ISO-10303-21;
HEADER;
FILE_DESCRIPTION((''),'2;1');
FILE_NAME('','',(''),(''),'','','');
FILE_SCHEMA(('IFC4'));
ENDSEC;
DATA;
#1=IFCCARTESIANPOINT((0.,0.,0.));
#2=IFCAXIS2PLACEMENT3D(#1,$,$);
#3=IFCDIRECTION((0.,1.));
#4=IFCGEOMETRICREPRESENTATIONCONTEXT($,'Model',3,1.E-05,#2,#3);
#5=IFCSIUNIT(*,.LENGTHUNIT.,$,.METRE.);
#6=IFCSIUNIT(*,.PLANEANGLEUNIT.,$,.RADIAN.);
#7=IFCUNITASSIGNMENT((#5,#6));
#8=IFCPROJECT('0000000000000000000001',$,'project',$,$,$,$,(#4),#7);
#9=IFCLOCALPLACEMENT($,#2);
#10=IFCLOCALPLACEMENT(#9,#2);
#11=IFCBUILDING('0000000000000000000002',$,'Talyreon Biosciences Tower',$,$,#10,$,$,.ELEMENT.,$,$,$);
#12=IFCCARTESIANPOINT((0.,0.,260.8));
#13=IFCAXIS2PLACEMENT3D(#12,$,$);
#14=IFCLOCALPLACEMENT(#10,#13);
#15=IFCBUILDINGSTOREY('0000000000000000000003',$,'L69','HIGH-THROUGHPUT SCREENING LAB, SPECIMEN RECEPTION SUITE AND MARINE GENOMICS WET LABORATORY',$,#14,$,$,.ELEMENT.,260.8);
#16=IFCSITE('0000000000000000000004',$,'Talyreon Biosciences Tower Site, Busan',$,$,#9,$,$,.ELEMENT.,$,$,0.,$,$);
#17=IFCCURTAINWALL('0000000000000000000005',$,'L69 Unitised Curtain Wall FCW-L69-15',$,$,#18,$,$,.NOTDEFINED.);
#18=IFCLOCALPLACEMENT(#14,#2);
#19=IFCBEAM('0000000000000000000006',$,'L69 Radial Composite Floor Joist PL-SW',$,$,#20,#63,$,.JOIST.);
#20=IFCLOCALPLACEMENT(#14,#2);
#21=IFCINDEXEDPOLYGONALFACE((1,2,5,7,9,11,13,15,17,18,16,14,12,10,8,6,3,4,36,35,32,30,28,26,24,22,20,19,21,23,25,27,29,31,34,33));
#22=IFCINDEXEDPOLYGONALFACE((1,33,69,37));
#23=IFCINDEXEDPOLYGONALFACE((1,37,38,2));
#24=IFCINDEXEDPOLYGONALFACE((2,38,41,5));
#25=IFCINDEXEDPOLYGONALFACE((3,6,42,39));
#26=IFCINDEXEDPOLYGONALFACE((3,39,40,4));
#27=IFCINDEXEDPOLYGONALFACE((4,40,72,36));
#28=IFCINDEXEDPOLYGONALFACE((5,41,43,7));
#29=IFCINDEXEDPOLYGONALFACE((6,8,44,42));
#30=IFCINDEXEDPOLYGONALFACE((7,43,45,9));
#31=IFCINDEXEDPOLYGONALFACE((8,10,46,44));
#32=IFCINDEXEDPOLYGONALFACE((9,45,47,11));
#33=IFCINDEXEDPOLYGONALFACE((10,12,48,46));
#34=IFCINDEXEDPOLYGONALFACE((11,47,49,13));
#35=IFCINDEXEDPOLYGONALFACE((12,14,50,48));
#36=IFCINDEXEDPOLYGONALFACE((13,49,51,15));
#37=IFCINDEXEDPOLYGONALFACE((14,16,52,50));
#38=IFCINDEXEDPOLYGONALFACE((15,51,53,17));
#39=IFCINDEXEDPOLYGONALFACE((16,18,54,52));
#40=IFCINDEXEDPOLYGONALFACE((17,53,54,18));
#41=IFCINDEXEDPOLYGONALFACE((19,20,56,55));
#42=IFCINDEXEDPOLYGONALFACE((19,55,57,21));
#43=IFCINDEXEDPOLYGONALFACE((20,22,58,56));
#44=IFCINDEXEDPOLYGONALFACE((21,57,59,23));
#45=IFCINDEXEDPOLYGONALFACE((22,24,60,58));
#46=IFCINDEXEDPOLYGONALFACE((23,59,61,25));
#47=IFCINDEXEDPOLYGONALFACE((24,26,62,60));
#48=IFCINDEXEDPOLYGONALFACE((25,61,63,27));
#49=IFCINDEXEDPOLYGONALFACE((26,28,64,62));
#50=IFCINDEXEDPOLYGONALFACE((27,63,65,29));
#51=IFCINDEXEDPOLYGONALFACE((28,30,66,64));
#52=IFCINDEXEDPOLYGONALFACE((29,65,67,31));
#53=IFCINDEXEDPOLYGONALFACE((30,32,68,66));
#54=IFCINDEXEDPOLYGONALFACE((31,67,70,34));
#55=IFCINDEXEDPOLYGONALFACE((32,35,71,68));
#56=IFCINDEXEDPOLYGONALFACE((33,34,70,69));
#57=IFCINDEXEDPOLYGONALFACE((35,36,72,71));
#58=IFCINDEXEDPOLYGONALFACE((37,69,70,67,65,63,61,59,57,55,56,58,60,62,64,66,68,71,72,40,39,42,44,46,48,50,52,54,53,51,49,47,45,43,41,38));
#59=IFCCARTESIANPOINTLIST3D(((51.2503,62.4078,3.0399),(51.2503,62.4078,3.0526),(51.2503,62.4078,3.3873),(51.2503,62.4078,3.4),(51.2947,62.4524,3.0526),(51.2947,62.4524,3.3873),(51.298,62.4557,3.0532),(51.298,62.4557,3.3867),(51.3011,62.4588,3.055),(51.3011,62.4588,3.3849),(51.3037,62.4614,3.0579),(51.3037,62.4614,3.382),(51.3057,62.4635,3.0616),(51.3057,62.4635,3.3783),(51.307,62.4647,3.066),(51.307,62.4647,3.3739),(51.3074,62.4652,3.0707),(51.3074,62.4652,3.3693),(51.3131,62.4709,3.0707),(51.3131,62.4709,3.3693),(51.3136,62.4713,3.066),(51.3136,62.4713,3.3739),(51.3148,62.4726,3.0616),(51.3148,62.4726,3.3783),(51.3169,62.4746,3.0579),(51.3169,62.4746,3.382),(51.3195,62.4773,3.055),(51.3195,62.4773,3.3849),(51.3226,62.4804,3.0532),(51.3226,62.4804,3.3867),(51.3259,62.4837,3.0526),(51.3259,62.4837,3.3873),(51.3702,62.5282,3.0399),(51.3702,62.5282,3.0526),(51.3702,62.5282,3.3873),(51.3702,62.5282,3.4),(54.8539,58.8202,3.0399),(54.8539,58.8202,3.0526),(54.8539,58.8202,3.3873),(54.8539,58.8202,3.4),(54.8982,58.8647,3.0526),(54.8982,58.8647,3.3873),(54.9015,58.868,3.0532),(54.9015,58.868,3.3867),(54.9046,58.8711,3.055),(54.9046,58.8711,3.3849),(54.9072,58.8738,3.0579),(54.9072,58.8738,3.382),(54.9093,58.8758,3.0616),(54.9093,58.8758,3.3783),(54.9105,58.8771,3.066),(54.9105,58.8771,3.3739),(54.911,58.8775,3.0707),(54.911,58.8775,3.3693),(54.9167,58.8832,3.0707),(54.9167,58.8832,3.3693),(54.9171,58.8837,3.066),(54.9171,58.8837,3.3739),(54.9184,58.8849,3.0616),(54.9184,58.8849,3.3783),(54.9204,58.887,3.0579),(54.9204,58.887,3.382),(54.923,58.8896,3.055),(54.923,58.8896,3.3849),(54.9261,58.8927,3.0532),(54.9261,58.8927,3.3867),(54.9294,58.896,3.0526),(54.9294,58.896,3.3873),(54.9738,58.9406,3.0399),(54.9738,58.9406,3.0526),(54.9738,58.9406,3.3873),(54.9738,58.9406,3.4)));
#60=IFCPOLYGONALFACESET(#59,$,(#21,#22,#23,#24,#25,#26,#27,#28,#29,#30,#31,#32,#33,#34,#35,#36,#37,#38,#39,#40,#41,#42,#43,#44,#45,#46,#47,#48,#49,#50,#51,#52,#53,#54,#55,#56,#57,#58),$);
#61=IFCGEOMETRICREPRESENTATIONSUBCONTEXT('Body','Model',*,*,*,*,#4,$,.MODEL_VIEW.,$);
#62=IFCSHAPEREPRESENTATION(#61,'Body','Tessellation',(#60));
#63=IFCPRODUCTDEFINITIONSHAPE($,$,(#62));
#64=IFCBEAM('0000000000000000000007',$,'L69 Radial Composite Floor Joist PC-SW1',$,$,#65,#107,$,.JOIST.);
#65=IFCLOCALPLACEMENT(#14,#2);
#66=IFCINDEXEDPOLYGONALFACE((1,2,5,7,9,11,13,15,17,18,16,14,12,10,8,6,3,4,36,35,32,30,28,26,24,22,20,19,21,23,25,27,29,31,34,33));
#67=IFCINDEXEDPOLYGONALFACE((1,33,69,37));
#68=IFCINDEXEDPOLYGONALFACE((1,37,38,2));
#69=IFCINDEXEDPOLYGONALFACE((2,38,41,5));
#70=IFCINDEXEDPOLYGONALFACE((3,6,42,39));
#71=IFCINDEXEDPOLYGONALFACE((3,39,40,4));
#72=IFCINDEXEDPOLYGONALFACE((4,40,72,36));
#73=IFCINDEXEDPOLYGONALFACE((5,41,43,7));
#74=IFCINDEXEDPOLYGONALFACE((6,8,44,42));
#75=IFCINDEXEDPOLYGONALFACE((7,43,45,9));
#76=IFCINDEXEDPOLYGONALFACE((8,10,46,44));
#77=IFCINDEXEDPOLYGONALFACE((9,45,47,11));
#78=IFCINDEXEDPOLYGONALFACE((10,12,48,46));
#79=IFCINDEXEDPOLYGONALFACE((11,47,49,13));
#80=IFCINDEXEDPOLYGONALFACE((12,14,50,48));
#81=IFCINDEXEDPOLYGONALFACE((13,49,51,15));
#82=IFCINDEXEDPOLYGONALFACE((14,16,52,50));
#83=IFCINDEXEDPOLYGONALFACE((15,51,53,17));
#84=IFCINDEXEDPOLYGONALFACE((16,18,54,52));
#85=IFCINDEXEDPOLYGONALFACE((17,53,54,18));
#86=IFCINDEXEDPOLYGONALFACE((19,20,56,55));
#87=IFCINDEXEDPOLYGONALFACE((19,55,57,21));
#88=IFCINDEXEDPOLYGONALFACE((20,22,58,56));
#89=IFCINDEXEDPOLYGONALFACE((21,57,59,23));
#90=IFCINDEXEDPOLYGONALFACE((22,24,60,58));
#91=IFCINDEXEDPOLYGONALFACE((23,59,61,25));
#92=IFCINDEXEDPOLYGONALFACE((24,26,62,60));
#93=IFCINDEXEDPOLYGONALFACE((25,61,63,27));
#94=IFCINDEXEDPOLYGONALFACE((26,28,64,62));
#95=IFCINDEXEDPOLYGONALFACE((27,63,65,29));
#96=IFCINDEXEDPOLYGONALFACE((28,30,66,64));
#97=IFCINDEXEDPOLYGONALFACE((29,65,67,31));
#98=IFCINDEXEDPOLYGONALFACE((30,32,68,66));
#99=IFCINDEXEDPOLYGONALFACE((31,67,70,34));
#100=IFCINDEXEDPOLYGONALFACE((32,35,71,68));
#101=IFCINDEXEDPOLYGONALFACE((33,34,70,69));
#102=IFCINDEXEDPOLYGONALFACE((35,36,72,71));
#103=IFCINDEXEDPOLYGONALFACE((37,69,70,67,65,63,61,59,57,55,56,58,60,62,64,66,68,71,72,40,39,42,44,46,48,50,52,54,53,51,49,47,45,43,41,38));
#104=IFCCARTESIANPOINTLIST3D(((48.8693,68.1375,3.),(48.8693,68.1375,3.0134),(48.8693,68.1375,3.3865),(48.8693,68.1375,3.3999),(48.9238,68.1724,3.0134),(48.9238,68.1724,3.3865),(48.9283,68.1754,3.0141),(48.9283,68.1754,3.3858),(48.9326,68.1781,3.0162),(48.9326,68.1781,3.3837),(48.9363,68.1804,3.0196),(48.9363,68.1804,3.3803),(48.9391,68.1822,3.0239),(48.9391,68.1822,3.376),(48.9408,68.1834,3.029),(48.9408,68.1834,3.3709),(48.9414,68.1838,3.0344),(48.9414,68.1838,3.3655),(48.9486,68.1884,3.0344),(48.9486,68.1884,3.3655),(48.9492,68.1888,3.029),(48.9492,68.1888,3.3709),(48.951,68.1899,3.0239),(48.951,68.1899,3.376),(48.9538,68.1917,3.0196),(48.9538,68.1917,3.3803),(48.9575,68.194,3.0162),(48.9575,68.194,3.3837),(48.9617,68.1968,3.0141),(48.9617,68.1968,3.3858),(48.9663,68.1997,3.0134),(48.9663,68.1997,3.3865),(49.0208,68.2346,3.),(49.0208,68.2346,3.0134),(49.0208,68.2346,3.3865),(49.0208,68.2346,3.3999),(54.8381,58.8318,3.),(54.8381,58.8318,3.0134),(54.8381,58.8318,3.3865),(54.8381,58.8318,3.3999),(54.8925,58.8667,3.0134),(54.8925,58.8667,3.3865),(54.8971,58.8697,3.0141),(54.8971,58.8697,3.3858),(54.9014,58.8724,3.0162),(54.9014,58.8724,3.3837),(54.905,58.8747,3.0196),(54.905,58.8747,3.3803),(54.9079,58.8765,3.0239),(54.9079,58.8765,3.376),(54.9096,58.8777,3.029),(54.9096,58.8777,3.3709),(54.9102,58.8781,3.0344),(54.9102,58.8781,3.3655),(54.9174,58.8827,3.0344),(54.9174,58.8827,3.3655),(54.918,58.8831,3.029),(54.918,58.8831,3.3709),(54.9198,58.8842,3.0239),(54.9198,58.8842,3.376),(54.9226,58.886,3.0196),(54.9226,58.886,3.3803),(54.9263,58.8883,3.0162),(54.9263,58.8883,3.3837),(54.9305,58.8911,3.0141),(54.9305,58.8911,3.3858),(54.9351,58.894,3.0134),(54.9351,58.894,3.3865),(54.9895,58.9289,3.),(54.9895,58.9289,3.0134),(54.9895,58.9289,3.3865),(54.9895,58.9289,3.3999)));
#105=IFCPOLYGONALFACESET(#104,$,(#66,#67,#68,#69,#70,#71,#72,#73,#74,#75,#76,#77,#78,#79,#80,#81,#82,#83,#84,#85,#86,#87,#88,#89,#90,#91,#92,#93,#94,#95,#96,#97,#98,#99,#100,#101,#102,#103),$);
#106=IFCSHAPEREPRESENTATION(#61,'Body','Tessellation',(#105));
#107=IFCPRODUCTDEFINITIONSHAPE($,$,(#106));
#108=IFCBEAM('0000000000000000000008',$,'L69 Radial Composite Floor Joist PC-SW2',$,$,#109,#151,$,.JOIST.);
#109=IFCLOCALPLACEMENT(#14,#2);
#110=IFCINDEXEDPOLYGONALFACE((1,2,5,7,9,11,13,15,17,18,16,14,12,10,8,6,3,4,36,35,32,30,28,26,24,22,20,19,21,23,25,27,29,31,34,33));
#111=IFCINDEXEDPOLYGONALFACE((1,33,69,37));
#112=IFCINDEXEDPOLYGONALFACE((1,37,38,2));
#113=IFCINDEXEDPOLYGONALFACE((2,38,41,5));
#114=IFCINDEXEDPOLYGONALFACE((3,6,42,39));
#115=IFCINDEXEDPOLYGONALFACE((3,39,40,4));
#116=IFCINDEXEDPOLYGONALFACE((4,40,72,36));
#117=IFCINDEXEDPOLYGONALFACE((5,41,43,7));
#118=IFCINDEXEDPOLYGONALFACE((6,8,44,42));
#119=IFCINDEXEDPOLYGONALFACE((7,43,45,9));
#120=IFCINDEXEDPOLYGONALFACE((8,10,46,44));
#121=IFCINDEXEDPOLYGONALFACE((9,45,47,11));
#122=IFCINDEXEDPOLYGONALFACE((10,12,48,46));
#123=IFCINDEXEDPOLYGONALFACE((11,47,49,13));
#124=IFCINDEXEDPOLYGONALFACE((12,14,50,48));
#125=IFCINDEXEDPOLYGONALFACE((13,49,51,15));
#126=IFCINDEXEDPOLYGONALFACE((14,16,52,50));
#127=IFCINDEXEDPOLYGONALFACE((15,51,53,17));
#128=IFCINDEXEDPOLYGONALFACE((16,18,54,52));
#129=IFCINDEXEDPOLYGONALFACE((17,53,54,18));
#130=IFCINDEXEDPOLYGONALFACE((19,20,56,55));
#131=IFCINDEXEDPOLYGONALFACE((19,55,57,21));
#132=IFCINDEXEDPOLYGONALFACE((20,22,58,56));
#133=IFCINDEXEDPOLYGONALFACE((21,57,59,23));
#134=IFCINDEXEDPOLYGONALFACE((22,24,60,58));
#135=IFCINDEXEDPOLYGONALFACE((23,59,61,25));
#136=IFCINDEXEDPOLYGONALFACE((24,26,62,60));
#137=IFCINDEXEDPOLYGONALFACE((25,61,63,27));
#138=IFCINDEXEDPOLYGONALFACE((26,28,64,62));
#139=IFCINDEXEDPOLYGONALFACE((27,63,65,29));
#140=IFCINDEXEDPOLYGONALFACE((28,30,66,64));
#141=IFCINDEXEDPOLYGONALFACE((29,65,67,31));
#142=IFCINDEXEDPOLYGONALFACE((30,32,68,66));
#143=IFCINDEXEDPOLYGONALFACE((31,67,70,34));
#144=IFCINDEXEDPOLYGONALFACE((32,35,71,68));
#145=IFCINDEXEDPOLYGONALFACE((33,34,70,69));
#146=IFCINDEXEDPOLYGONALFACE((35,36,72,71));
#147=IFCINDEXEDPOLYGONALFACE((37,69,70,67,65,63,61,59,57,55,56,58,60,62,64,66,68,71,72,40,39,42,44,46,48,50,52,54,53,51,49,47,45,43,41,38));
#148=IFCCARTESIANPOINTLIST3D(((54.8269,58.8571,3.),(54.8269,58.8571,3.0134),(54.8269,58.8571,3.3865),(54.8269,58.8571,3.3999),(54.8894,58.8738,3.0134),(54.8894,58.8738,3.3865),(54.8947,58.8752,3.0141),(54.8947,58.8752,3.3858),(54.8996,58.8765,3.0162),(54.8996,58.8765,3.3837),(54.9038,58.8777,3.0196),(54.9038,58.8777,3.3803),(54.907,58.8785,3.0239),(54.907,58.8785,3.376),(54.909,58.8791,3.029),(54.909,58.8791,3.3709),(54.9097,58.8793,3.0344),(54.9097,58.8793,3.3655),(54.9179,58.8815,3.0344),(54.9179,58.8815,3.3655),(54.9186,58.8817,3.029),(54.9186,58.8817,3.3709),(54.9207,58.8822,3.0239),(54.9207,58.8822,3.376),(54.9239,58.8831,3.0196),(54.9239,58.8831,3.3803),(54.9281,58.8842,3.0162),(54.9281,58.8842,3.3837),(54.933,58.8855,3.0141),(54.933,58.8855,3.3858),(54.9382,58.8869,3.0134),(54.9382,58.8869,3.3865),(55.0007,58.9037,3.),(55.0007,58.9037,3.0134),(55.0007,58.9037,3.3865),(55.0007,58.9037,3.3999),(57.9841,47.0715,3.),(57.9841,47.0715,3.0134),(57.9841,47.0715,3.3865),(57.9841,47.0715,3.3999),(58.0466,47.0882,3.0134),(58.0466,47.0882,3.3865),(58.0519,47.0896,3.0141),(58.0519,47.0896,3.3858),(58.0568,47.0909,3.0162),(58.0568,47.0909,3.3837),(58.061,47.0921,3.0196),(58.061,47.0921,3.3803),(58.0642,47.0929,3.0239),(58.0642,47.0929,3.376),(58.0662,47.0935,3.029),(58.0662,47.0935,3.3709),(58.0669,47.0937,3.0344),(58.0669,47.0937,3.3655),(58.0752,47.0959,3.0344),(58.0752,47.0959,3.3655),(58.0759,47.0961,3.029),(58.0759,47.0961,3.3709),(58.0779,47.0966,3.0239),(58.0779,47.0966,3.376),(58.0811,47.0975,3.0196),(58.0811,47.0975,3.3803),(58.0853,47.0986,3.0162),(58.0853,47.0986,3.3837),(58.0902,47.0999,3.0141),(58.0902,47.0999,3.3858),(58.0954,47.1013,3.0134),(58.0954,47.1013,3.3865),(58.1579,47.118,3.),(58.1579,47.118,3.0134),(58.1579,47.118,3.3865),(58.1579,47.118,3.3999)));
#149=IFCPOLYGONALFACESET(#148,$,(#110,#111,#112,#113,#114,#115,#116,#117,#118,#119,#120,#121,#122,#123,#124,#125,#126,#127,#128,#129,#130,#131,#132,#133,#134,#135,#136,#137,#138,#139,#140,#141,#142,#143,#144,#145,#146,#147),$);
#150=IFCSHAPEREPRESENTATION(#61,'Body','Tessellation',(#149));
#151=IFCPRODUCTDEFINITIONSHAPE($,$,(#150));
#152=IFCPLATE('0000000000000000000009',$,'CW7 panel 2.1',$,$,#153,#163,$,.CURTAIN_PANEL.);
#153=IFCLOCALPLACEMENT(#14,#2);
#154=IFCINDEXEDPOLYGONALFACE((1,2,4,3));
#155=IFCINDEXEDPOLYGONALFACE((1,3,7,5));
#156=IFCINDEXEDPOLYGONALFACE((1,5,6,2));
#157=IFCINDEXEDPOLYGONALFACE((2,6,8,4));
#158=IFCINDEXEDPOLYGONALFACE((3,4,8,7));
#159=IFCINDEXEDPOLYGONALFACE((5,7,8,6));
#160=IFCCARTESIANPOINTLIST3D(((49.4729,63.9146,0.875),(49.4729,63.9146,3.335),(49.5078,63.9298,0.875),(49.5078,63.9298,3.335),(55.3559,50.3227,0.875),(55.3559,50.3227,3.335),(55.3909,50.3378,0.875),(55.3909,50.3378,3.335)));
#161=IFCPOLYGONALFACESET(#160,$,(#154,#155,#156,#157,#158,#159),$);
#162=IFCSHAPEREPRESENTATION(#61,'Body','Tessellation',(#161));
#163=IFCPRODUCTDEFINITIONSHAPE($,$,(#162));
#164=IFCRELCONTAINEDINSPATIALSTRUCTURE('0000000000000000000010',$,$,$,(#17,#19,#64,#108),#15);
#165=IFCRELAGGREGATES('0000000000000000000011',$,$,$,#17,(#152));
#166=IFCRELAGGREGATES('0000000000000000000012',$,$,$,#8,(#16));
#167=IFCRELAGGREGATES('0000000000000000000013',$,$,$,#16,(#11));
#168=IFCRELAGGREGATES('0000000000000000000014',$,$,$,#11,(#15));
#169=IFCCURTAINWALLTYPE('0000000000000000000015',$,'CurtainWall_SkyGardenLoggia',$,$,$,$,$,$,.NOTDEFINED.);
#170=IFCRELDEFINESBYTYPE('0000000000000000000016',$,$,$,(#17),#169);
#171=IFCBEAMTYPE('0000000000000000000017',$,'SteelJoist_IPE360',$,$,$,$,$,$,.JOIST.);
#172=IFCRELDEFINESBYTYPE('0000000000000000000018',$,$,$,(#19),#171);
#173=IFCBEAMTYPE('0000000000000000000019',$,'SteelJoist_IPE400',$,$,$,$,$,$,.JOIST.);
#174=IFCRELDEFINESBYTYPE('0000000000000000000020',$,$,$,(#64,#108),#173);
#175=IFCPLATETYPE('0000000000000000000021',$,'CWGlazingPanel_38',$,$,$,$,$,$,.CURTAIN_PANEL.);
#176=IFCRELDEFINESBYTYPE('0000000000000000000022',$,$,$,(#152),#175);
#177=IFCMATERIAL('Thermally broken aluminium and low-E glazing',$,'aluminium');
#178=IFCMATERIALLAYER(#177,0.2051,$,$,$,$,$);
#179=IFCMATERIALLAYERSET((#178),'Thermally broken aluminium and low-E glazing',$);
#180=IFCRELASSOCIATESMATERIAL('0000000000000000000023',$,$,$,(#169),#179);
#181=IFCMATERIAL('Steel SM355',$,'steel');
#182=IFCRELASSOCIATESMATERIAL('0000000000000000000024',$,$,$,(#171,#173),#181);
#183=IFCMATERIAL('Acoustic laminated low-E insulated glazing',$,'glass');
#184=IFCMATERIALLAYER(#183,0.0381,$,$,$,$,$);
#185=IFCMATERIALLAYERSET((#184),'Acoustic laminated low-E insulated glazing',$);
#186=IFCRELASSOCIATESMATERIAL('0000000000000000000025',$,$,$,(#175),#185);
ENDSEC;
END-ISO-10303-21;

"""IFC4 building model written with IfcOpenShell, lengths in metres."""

from ifc_helpers import new_model, si_unit, direction, frame, origin, origin_2d, place, context, subcontext, project, spatial, rectangle, i_section, extrude, material, layer, layer_set, material_profile, profile_set, type_object, element, aggregate, save


model = new_model("IFC4")

# Units and contexts
model_context = context("Model", 3, precision=1e-05, world=origin(), true_north=direction((0.0, 1.0)))
body_context = subcontext(model_context, "Body", "Model", "MODEL_VIEW")
ifc_project = project(units=[si_unit("LENGTHUNIT", "METRE"), si_unit("PLANEANGLEUNIT", "RADIAN")], contexts=[model_context])

# Site, building, storey
site_placement = place(None, origin())
site = spatial("IfcSite", under=ifc_project, at=site_placement, Name="Talyreon Biosciences Tower Site, Busan", CompositionType="ELEMENT", RefElevation=0.0)
building_placement = place(site_placement, origin())
building = spatial("IfcBuilding", under=site, at=building_placement, Name="Talyreon Biosciences Tower", CompositionType="ELEMENT")
storey_placement = place(building_placement, frame((0.0, 0.0, 260.8)))
storey = spatial("IfcBuildingStorey", under=building, at=storey_placement, Name="L69", Description="HIGH-THROUGHPUT SCREENING LAB, SPECIMEN RECEPTION SUITE AND MARINE GENOMICS WET LABORATORY", CompositionType="ELEMENT", Elevation=260.8)

# Curtain wall
ifc_material_1 = material(Name="Thermally broken aluminium and low-E glazing", Category="aluminium")
ifc_layer_1 = layer(ifc_material_1, 0.2051)
ifc_layer_set_1 = layer_set([ifc_layer_1], Name="Thermally broken aluminium and low-E glazing")
curtain_wall_type = type_object("IfcCurtainWallType", Name="CurtainWall_SkyGardenLoggia", PredefinedType="NOTDEFINED", material=ifc_layer_set_1)
curtain_wall_placement = place(storey_placement, origin())
curtain_wall = element("IfcCurtainWall", 1, at=curtain_wall_placement, inside=storey, type_object=curtain_wall_type, Name="L69 Unitised Curtain Wall FCW-L69-15", PredefinedType="NOTDEFINED")

# Beams
ifc_material_2 = material(Name="Steel SM355", Category="steel")
ifc_material_profile_1 = material_profile(ifc_material_2, i_section(OverallWidth=0.1699, OverallDepth=0.3601, WebThickness=0.0081, FlangeThickness=0.0127, FilletRadius=0.0181, at=origin_2d()), Name="IPE360")
ifc_profile_set_1 = profile_set([ifc_material_profile_1], Name="Steel SM355")
beam_type_1 = type_object("IfcBeamType", Name="SteelJoist_IPE360", PredefinedType="JOIST", material=ifc_profile_set_1)
beam_1_placement = place(storey_placement, frame((54.9138, 58.8804, 3.22), z_axis=(-0.708665, 0.705545, 0.0), x_axis=(-0.705545, -0.708665, 0.0)))
element("IfcBeam", 2, at=beam_1_placement, inside=storey, type_object=beam_type_1, Name="L69 Radial Composite Floor Joist PL-SW", PredefinedType="JOIST", context=body_context, shape_type="SweptSolid", body=[
    extrude(i_section(OverallWidth=0.1699, OverallDepth=0.3601, WebThickness=0.0081, FlangeThickness=0.0127, FilletRadius=0.0181, at=origin_2d()), origin(), (0.0, 0.0, 1.0), 5.085),
])
ifc_material_profile_2 = material_profile(ifc_material_2, i_section(OverallWidth=0.1799, OverallDepth=0.3999, WebThickness=0.0085, FlangeThickness=0.0134, FilletRadius=0.021, at=origin_2d()), Name="IPE400")
ifc_profile_set_2 = profile_set([ifc_material_profile_2], Name="Steel SM355")
beam_type_2 = type_object("IfcBeamType", Name="SteelJoist_IPE400", PredefinedType="JOIST", material=ifc_profile_set_2)
beam_2_placement = place(storey_placement, frame((54.9138, 58.8804, 3.2), z_axis=(-0.539896, 0.841732, 0.0), x_axis=(-0.841732, -0.539896, 0.0)))
element("IfcBeam", 3, at=beam_2_placement, inside=storey, type_object=beam_type_2, Name="L69 Radial Composite Floor Joist PC-SW1", PredefinedType="JOIST", context=body_context, shape_type="SweptSolid", body=[
    extrude(i_section(OverallWidth=0.1799, OverallDepth=0.3999, WebThickness=0.0085, FlangeThickness=0.0134, FilletRadius=0.021, at=origin_2d()), origin(), (0.0, 0.0, 1.0), 11.0554),
])
beam_3_placement = place(storey_placement, frame((54.9138, 58.8804, 3.2), z_axis=(0.258763, -0.965941, 0.0), x_axis=(0.965941, 0.258763, 0.0)))
element("IfcBeam", 4, at=beam_3_placement, inside=storey, type_object=beam_type_2, Name="L69 Radial Composite Floor Joist PC-SW2", PredefinedType="JOIST", context=body_context, shape_type="SweptSolid", body=[
    extrude(i_section(OverallWidth=0.1799, OverallDepth=0.3999, WebThickness=0.0085, FlangeThickness=0.0134, FilletRadius=0.021, at=origin_2d()), origin(), (0.0, 0.0, 1.0), 12.2012),
])

# Plate
ifc_material_3 = material(Name="Acoustic laminated low-E insulated glazing", Category="glass")
ifc_layer_2 = layer(ifc_material_3, 0.0381)
ifc_layer_set_2 = layer_set([ifc_layer_2], Name="Acoustic laminated low-E insulated glazing")
plate_type_1 = type_object("IfcPlateType", Name="CWGlazingPanel_38", PredefinedType="CURTAIN_PANEL", material=ifc_layer_set_2)
plate_placement = place(storey_placement, frame((52.4319, 57.1262, 0.875), z_axis=(0.0, 0.0, 1.0), x_axis=(-0.397221, 0.917723, 0.0)))
plate = element("IfcPlate", 5, at=plate_placement, type_object=plate_type_1, Name="CW7 panel 2.1", PredefinedType="CURTAIN_PANEL", context=body_context, shape_type="SweptSolid", body=[
    extrude(rectangle(XDim=14.8105, YDim=0.0381, at=origin_2d()), origin(), (0.0, 0.0, 1.0), 2.46),
])
aggregate(curtain_wall, [plate])

save(model, "model.ifc")
